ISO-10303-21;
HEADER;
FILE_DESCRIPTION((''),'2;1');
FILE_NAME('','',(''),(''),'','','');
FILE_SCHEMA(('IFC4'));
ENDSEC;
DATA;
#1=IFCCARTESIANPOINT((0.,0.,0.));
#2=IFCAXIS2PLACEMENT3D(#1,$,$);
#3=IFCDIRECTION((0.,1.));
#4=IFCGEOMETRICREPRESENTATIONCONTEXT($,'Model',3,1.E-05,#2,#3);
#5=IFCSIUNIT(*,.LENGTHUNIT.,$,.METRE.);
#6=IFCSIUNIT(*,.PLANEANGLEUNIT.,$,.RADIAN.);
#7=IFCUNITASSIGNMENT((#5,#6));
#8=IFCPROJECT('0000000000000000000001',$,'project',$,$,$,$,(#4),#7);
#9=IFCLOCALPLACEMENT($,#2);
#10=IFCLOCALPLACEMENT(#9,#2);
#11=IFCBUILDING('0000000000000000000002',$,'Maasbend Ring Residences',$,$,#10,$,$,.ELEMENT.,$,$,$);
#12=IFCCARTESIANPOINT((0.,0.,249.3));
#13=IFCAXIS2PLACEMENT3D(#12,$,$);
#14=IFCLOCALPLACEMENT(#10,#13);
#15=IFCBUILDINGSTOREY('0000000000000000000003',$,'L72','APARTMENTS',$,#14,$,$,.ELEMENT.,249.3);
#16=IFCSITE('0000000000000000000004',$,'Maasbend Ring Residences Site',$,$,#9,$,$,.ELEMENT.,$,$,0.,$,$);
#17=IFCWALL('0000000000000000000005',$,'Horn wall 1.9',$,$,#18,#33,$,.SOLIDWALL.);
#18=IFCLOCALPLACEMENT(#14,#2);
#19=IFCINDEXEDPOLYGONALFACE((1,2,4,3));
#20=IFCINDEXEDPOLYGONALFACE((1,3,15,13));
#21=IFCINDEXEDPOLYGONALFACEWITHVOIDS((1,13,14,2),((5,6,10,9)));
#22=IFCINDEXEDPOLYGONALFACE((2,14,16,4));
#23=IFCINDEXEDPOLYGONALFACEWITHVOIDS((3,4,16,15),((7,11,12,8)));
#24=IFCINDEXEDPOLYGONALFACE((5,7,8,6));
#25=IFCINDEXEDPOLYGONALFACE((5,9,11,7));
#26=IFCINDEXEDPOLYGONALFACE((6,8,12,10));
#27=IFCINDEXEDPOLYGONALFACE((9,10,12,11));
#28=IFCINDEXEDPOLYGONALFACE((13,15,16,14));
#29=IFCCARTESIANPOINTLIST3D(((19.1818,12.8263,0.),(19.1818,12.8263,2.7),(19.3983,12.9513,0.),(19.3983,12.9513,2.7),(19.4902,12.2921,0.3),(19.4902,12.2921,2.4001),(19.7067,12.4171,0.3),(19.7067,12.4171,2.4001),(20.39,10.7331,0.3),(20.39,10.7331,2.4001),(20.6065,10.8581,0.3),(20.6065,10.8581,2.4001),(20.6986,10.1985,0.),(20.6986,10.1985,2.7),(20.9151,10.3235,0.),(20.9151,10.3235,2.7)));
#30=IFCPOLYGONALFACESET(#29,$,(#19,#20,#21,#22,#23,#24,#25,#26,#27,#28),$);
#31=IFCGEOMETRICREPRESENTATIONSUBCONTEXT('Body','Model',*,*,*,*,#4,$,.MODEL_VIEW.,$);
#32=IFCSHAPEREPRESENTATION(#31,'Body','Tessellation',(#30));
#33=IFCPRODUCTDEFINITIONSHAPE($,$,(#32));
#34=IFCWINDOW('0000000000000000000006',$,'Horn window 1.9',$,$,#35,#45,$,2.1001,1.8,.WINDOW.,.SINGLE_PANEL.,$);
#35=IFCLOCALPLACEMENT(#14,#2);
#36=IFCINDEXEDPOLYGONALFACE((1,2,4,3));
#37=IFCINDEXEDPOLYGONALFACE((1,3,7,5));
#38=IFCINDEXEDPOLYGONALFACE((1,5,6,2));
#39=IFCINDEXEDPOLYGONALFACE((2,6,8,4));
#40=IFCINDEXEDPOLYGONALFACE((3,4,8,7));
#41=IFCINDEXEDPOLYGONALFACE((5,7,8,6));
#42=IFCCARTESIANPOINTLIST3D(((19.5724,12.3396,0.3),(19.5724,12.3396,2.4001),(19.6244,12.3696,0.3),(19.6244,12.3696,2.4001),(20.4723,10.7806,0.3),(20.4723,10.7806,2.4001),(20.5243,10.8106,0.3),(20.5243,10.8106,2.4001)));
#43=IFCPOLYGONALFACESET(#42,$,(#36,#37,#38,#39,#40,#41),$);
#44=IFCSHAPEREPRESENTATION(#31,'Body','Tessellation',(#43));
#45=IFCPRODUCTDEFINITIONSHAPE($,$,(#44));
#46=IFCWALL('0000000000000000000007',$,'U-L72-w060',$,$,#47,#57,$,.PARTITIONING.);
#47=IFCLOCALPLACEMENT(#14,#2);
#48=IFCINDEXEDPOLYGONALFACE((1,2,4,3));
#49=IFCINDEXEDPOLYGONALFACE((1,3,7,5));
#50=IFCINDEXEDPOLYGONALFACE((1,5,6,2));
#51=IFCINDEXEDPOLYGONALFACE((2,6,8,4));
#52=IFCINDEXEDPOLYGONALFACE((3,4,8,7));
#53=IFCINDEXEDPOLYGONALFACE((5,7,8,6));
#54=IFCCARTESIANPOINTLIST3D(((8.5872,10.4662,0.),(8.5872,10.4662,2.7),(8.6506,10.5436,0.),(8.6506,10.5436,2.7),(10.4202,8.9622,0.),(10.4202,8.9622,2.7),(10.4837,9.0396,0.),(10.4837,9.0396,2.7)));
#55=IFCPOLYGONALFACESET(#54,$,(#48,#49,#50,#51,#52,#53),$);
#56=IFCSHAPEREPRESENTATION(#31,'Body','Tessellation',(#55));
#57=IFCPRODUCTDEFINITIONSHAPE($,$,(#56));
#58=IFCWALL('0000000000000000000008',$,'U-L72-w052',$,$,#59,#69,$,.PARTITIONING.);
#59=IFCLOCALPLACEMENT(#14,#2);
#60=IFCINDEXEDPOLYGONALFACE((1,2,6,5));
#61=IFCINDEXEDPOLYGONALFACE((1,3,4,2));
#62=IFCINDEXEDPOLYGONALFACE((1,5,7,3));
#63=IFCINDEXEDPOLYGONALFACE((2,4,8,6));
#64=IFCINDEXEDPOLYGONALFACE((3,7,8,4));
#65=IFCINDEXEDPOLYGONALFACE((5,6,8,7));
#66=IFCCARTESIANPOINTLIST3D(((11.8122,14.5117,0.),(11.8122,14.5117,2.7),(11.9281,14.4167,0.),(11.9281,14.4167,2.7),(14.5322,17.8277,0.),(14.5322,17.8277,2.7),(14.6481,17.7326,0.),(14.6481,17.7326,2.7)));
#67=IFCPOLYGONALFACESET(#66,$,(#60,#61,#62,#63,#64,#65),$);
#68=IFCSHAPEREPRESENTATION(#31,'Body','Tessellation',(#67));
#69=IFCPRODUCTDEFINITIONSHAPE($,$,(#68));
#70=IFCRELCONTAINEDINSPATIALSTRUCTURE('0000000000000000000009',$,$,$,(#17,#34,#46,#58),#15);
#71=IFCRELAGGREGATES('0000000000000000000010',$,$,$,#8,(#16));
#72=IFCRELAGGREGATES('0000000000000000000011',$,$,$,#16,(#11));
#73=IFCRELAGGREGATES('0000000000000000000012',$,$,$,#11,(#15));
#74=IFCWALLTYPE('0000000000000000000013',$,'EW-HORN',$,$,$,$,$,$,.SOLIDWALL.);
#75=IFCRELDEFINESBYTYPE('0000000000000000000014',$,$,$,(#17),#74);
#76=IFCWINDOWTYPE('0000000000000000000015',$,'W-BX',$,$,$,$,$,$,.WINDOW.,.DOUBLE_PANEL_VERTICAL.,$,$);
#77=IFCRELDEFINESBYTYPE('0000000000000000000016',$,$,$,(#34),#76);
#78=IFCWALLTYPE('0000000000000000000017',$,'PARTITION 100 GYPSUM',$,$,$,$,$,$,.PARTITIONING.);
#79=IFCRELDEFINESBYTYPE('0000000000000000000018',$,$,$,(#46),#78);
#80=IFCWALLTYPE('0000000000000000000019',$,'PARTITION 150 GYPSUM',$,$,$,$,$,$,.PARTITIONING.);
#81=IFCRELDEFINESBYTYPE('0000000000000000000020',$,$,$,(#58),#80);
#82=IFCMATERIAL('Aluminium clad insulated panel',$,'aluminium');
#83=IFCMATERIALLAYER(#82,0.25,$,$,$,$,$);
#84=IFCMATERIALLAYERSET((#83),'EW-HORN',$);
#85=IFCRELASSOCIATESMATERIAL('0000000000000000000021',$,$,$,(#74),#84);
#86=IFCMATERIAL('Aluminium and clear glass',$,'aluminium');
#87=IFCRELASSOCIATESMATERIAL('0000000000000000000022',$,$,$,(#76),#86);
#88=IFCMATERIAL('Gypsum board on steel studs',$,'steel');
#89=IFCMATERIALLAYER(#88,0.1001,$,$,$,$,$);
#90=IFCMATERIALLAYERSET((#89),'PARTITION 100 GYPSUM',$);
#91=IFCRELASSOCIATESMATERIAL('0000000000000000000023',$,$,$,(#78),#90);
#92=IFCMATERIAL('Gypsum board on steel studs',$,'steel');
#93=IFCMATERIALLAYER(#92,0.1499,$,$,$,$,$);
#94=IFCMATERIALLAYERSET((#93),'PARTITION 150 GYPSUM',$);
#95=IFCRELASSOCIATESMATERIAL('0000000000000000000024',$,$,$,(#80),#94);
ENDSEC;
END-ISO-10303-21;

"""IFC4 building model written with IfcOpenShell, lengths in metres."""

from ifc_helpers import new_model, si_unit, direction, frame, frame_2d, origin, place, context, subcontext, project, spatial, rectangle, extrude, material, layer, layer_set, type_object, element, fill, save


model = new_model("IFC4")

# Units and contexts
model_context = context("Model", 3, precision=1e-05, world=origin(), true_north=direction((0.0, 1.0)))
body_context = subcontext(model_context, "Body", "Model", "MODEL_VIEW")
ifc_project = project(units=[si_unit("LENGTHUNIT", "METRE"), si_unit("PLANEANGLEUNIT", "RADIAN")], contexts=[model_context])

# Site, building, storey
site_placement = place(None, origin())
site = spatial("IfcSite", under=ifc_project, at=site_placement, Name="Maasbend Ring Residences Site", CompositionType="ELEMENT", RefElevation=0.0)
building_placement = place(site_placement, origin())
building = spatial("IfcBuilding", under=site, at=building_placement, Name="Maasbend Ring Residences", CompositionType="ELEMENT")
storey_placement = place(building_placement, frame((0.0, 0.0, 249.3)))
storey = spatial("IfcBuildingStorey", under=building, at=storey_placement, Name="L72", Description="APARTMENTS", CompositionType="ELEMENT", Elevation=249.3)

# Wall, opening, window
ifc_material_1 = material(Name="Aluminium clad insulated panel", Category="aluminium")
ifc_layer_1 = layer(ifc_material_1, 0.25)
ifc_layer_set_1 = layer_set([ifc_layer_1], Name="EW-HORN")
wall_type_1 = type_object("IfcWallType", Name="EW-HORN", PredefinedType="SOLIDWALL", material=ifc_layer_set_1)
wall_1_placement = place(storey_placement, frame((20.8069, 10.261, 0.0), z_axis=(0.0, 0.0, 1.0), x_axis=(-0.499904, 0.866081, 0.0)))
wall_1 = element("IfcWall", 1, at=wall_1_placement, inside=storey, type_object=wall_type_1, Name="Horn wall 1.9", PredefinedType="SOLIDWALL", context=body_context, shape_type="SweptSolid", body=[
    extrude(rectangle(XDim=3.0342, YDim=0.25, at=frame_2d((1.5171, 0.0))), origin(), (0.0, 0.0, 1.0), 2.7),
])
opening_1_placement = place(wall_1_placement, frame((0.6174, 0.0, 0.3)))
opening_1 = element("IfcOpeningElement", 2, at=opening_1_placement, cuts=wall_1, PredefinedType="OPENING", context=body_context, shape_type="SweptSolid", body=[
    extrude(rectangle(XDim=1.8, YDim=2.1001, at=frame_2d((0.8999, 1.05))), frame((0.0, 0.135, 0.0), z_axis=(0.0, -1.0, 0.0), x_axis=(1.0, 0.0, 0.0)), (0.0, 0.0, 1.0), 0.27),
])
ifc_material_2 = material(Name="Aluminium and clear glass", Category="aluminium")
window_type = type_object("IfcWindowType", Name="W-BX", PartitioningType="DOUBLE_PANEL_VERTICAL", PredefinedType="WINDOW", material=ifc_material_2)
window_placement = place(opening_1_placement, origin())
window = element("IfcWindow", 3, at=window_placement, inside=storey, type_object=window_type, Name="Horn window 1.9", OverallHeight=2.1001, OverallWidth=1.8, PartitioningType="SINGLE_PANEL", PredefinedType="WINDOW", context=body_context, shape_type="SweptSolid", body=[
    extrude(rectangle(XDim=1.8, YDim=2.1001, at=frame_2d((0.8999, 1.05))), frame((0.0, 0.03, 0.0), z_axis=(0.0, -1.0, 0.0), x_axis=(1.0, 0.0, 0.0)), (0.0, 0.0, 1.0), 0.0601),
])
fill(opening_1, window)

# Walls
ifc_material_3 = material(Name="Gypsum board on steel studs", Category="steel")
ifc_layer_2 = layer(ifc_material_3, 0.1001)
ifc_layer_set_2 = layer_set([ifc_layer_2], Name="PARTITION 100 GYPSUM")
wall_type_2 = type_object("IfcWallType", Name="PARTITION 100 GYPSUM", PredefinedType="PARTITIONING", material=ifc_layer_set_2)
wall_2_placement = place(storey_placement, frame((8.6189, 10.5049, 0.0), z_axis=(0.0, 0.0, 1.0), x_axis=(0.773094, -0.634291, 0.0)))
element("IfcWall", 4, at=wall_2_placement, inside=storey, type_object=wall_type_2, Name="U-L72-w060", PredefinedType="PARTITIONING", context=body_context, shape_type="SweptSolid", body=[
    extrude(rectangle(XDim=2.3711, YDim=0.1001, at=frame_2d((1.1855, 0.0))), origin(), (0.0, 0.0, 1.0), 2.7),
])
ifc_material_4 = material(Name="Gypsum board on steel studs", Category="steel")
ifc_layer_3 = layer(ifc_material_4, 0.1499)
ifc_layer_set_3 = layer_set([ifc_layer_3], Name="PARTITION 150 GYPSUM")
wall_type_3 = type_object("IfcWallType", Name="PARTITION 150 GYPSUM", PredefinedType="PARTITIONING", material=ifc_layer_set_3)
wall_3_placement = place(storey_placement, frame((11.8701, 14.4641, 0.0), z_axis=(0.0, 0.0, 1.0), x_axis=(0.634208, 0.773163, 0.0)))
element("IfcWall", 5, at=wall_3_placement, inside=storey, type_object=wall_type_3, Name="U-L72-w052", PredefinedType="PARTITIONING", context=body_context, shape_type="SweptSolid", body=[
    extrude(rectangle(XDim=4.2888, YDim=0.1499, at=frame_2d((2.1445, 0.0))), origin(), (0.0, 0.0, 1.0), 2.7),
])

save(model, "model.ifc")
